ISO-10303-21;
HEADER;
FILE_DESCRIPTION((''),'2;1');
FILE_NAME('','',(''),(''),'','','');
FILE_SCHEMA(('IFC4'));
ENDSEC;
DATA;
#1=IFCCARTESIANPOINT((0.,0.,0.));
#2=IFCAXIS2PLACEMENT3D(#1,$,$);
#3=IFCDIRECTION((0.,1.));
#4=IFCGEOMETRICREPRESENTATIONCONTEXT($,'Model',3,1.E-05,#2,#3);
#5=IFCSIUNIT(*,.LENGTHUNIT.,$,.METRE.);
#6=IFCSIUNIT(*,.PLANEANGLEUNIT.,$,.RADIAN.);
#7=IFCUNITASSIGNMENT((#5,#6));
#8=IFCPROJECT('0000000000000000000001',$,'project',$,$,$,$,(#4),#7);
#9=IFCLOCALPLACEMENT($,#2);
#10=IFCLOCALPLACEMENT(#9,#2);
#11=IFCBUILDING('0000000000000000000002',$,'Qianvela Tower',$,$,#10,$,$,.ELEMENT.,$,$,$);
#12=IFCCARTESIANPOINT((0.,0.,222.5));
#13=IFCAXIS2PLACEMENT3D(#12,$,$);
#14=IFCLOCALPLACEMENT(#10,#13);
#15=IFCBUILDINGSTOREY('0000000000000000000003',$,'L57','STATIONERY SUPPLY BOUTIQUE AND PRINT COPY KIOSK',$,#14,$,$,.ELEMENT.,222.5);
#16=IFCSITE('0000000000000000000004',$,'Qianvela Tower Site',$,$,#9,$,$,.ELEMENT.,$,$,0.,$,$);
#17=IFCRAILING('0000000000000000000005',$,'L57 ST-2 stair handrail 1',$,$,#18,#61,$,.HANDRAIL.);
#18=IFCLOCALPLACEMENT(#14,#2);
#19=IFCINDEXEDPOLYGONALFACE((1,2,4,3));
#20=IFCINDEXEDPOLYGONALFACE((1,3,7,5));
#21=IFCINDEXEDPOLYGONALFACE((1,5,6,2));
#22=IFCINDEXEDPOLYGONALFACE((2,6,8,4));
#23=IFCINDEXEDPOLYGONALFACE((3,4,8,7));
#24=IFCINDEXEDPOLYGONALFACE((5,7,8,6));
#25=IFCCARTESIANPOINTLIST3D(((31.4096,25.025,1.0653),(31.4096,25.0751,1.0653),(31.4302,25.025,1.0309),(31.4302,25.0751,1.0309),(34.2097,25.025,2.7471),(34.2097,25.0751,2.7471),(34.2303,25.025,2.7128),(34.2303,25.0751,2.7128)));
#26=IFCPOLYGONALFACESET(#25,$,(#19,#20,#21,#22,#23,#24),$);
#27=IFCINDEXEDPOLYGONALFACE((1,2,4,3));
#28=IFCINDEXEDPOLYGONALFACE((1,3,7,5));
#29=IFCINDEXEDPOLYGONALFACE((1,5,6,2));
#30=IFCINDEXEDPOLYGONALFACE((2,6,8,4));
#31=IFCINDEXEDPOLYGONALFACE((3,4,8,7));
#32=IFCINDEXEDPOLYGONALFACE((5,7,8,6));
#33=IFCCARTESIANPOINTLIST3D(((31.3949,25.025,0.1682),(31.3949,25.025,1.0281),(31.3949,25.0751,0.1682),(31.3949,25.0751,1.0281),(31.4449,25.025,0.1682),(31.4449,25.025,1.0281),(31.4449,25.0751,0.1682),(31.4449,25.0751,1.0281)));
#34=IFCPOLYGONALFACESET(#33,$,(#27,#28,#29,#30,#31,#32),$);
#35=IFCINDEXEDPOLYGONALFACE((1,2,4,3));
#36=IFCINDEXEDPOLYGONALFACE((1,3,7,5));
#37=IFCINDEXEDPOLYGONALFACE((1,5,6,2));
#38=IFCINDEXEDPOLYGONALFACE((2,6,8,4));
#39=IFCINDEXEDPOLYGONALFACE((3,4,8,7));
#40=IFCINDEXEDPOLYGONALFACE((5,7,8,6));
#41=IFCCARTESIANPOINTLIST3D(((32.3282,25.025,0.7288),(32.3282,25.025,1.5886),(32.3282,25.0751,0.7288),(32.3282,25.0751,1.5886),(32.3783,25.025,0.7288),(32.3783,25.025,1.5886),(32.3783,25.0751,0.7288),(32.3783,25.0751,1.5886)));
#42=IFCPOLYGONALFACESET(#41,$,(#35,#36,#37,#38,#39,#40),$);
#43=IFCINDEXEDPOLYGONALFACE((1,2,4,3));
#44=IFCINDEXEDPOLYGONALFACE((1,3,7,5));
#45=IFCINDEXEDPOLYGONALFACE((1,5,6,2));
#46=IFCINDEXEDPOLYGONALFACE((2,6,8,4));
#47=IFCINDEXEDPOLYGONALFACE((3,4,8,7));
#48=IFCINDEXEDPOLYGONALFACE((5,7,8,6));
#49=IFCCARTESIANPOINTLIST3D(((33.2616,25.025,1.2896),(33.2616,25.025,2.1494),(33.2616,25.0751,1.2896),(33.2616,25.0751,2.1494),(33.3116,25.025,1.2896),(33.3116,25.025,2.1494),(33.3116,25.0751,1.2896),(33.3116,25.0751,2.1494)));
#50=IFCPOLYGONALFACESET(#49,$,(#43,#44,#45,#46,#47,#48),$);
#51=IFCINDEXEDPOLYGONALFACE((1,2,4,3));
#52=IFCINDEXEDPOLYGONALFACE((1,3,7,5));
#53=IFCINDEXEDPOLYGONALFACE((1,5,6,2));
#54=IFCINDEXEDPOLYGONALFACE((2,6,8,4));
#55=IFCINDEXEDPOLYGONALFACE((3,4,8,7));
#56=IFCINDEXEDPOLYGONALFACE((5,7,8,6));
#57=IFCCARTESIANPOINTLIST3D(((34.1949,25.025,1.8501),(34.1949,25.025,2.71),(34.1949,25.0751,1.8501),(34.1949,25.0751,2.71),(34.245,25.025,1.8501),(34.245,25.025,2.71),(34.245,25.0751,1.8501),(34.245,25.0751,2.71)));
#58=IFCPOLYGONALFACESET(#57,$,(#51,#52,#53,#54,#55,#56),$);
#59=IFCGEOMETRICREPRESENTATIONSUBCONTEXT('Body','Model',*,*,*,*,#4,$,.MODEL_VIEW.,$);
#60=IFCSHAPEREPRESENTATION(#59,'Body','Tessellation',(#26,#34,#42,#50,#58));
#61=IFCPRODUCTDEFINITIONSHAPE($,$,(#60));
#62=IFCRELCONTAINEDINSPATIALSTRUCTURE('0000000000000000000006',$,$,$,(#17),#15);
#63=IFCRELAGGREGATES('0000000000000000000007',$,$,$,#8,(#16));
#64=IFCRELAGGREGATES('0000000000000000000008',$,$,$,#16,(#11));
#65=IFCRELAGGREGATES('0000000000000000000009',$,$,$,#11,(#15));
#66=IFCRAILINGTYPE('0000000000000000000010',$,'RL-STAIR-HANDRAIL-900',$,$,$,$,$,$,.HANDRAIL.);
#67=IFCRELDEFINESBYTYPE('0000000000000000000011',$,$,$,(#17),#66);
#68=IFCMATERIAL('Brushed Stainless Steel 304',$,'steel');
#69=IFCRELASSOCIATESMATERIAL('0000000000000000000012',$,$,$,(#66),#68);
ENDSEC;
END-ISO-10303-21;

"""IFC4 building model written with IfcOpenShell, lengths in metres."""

from ifc_helpers import new_model, si_unit, direction, frame, origin, origin_2d, place, context, subcontext, project, spatial, rectangle, extrude, material, type_object, element, save


model = new_model("IFC4")

# Units and contexts
model_context = context("Model", 3, precision=1e-05, world=origin(), true_north=direction((0.0, 1.0)))
body_context = subcontext(model_context, "Body", "Model", "MODEL_VIEW")
ifc_project = project(units=[si_unit("LENGTHUNIT", "METRE"), si_unit("PLANEANGLEUNIT", "RADIAN")], contexts=[model_context])

# Site, building, storey
site_placement = place(None, origin())
site = spatial("IfcSite", under=ifc_project, at=site_placement, Name="Qianvela Tower Site", CompositionType="ELEMENT", RefElevation=0.0)
building_placement = place(site_placement, origin())
building = spatial("IfcBuilding", under=site, at=building_placement, Name="Qianvela Tower", CompositionType="ELEMENT")
storey_placement = place(building_placement, frame((0.0, 0.0, 222.5)))
storey = spatial("IfcBuildingStorey", under=building, at=storey_placement, Name="L57", Description="STATIONERY SUPPLY BOUTIQUE AND PRINT COPY KIOSK", CompositionType="ELEMENT", Elevation=222.5)

# Railing
ifc_material_1 = material(Name="Brushed Stainless Steel 304", Category="steel")
railing_type_1 = type_object("IfcRailingType", Name="RL-STAIR-HANDRAIL-900", PredefinedType="HANDRAIL", material=ifc_material_1)
for number, where, name in (
    (1, (31.4199, 25.05, 0.1682), "L57 ST-2 stair handrail 1"),
):
    element("IfcRailing", number, at=place(storey_placement, frame(where)), inside=storey, type_object=railing_type_1, Name=name, PredefinedType="HANDRAIL", context=body_context, shape_type="SweptSolid", body=[
        extrude(rectangle(XDim=0.05, YDim=0.04, at=origin_2d()), frame((0.0, 0.0, 0.8799), z_axis=(0.857242, 0.0, 0.514913), x_axis=(0.0, 1.0, 0.0)), (0.0, 0.0, 1.0), 3.2664),
        extrude(rectangle(XDim=0.05, YDim=0.05, at=origin_2d()), origin(), (0.0, 0.0, 1.0), 0.8599),
        extrude(rectangle(XDim=0.05, YDim=0.05, at=origin_2d()), frame((0.9333, 0.0, 0.5605)), (0.0, 0.0, 1.0), 0.8599),
        extrude(rectangle(XDim=0.05, YDim=0.05, at=origin_2d()), frame((1.8667, 0.0, 1.1213)), (0.0, 0.0, 1.0), 0.8599),
        extrude(rectangle(XDim=0.05, YDim=0.05, at=origin_2d()), frame((2.8, 0.0, 1.6819)), (0.0, 0.0, 1.0), 0.8599),
    ])

save(model, "model.ifc")
